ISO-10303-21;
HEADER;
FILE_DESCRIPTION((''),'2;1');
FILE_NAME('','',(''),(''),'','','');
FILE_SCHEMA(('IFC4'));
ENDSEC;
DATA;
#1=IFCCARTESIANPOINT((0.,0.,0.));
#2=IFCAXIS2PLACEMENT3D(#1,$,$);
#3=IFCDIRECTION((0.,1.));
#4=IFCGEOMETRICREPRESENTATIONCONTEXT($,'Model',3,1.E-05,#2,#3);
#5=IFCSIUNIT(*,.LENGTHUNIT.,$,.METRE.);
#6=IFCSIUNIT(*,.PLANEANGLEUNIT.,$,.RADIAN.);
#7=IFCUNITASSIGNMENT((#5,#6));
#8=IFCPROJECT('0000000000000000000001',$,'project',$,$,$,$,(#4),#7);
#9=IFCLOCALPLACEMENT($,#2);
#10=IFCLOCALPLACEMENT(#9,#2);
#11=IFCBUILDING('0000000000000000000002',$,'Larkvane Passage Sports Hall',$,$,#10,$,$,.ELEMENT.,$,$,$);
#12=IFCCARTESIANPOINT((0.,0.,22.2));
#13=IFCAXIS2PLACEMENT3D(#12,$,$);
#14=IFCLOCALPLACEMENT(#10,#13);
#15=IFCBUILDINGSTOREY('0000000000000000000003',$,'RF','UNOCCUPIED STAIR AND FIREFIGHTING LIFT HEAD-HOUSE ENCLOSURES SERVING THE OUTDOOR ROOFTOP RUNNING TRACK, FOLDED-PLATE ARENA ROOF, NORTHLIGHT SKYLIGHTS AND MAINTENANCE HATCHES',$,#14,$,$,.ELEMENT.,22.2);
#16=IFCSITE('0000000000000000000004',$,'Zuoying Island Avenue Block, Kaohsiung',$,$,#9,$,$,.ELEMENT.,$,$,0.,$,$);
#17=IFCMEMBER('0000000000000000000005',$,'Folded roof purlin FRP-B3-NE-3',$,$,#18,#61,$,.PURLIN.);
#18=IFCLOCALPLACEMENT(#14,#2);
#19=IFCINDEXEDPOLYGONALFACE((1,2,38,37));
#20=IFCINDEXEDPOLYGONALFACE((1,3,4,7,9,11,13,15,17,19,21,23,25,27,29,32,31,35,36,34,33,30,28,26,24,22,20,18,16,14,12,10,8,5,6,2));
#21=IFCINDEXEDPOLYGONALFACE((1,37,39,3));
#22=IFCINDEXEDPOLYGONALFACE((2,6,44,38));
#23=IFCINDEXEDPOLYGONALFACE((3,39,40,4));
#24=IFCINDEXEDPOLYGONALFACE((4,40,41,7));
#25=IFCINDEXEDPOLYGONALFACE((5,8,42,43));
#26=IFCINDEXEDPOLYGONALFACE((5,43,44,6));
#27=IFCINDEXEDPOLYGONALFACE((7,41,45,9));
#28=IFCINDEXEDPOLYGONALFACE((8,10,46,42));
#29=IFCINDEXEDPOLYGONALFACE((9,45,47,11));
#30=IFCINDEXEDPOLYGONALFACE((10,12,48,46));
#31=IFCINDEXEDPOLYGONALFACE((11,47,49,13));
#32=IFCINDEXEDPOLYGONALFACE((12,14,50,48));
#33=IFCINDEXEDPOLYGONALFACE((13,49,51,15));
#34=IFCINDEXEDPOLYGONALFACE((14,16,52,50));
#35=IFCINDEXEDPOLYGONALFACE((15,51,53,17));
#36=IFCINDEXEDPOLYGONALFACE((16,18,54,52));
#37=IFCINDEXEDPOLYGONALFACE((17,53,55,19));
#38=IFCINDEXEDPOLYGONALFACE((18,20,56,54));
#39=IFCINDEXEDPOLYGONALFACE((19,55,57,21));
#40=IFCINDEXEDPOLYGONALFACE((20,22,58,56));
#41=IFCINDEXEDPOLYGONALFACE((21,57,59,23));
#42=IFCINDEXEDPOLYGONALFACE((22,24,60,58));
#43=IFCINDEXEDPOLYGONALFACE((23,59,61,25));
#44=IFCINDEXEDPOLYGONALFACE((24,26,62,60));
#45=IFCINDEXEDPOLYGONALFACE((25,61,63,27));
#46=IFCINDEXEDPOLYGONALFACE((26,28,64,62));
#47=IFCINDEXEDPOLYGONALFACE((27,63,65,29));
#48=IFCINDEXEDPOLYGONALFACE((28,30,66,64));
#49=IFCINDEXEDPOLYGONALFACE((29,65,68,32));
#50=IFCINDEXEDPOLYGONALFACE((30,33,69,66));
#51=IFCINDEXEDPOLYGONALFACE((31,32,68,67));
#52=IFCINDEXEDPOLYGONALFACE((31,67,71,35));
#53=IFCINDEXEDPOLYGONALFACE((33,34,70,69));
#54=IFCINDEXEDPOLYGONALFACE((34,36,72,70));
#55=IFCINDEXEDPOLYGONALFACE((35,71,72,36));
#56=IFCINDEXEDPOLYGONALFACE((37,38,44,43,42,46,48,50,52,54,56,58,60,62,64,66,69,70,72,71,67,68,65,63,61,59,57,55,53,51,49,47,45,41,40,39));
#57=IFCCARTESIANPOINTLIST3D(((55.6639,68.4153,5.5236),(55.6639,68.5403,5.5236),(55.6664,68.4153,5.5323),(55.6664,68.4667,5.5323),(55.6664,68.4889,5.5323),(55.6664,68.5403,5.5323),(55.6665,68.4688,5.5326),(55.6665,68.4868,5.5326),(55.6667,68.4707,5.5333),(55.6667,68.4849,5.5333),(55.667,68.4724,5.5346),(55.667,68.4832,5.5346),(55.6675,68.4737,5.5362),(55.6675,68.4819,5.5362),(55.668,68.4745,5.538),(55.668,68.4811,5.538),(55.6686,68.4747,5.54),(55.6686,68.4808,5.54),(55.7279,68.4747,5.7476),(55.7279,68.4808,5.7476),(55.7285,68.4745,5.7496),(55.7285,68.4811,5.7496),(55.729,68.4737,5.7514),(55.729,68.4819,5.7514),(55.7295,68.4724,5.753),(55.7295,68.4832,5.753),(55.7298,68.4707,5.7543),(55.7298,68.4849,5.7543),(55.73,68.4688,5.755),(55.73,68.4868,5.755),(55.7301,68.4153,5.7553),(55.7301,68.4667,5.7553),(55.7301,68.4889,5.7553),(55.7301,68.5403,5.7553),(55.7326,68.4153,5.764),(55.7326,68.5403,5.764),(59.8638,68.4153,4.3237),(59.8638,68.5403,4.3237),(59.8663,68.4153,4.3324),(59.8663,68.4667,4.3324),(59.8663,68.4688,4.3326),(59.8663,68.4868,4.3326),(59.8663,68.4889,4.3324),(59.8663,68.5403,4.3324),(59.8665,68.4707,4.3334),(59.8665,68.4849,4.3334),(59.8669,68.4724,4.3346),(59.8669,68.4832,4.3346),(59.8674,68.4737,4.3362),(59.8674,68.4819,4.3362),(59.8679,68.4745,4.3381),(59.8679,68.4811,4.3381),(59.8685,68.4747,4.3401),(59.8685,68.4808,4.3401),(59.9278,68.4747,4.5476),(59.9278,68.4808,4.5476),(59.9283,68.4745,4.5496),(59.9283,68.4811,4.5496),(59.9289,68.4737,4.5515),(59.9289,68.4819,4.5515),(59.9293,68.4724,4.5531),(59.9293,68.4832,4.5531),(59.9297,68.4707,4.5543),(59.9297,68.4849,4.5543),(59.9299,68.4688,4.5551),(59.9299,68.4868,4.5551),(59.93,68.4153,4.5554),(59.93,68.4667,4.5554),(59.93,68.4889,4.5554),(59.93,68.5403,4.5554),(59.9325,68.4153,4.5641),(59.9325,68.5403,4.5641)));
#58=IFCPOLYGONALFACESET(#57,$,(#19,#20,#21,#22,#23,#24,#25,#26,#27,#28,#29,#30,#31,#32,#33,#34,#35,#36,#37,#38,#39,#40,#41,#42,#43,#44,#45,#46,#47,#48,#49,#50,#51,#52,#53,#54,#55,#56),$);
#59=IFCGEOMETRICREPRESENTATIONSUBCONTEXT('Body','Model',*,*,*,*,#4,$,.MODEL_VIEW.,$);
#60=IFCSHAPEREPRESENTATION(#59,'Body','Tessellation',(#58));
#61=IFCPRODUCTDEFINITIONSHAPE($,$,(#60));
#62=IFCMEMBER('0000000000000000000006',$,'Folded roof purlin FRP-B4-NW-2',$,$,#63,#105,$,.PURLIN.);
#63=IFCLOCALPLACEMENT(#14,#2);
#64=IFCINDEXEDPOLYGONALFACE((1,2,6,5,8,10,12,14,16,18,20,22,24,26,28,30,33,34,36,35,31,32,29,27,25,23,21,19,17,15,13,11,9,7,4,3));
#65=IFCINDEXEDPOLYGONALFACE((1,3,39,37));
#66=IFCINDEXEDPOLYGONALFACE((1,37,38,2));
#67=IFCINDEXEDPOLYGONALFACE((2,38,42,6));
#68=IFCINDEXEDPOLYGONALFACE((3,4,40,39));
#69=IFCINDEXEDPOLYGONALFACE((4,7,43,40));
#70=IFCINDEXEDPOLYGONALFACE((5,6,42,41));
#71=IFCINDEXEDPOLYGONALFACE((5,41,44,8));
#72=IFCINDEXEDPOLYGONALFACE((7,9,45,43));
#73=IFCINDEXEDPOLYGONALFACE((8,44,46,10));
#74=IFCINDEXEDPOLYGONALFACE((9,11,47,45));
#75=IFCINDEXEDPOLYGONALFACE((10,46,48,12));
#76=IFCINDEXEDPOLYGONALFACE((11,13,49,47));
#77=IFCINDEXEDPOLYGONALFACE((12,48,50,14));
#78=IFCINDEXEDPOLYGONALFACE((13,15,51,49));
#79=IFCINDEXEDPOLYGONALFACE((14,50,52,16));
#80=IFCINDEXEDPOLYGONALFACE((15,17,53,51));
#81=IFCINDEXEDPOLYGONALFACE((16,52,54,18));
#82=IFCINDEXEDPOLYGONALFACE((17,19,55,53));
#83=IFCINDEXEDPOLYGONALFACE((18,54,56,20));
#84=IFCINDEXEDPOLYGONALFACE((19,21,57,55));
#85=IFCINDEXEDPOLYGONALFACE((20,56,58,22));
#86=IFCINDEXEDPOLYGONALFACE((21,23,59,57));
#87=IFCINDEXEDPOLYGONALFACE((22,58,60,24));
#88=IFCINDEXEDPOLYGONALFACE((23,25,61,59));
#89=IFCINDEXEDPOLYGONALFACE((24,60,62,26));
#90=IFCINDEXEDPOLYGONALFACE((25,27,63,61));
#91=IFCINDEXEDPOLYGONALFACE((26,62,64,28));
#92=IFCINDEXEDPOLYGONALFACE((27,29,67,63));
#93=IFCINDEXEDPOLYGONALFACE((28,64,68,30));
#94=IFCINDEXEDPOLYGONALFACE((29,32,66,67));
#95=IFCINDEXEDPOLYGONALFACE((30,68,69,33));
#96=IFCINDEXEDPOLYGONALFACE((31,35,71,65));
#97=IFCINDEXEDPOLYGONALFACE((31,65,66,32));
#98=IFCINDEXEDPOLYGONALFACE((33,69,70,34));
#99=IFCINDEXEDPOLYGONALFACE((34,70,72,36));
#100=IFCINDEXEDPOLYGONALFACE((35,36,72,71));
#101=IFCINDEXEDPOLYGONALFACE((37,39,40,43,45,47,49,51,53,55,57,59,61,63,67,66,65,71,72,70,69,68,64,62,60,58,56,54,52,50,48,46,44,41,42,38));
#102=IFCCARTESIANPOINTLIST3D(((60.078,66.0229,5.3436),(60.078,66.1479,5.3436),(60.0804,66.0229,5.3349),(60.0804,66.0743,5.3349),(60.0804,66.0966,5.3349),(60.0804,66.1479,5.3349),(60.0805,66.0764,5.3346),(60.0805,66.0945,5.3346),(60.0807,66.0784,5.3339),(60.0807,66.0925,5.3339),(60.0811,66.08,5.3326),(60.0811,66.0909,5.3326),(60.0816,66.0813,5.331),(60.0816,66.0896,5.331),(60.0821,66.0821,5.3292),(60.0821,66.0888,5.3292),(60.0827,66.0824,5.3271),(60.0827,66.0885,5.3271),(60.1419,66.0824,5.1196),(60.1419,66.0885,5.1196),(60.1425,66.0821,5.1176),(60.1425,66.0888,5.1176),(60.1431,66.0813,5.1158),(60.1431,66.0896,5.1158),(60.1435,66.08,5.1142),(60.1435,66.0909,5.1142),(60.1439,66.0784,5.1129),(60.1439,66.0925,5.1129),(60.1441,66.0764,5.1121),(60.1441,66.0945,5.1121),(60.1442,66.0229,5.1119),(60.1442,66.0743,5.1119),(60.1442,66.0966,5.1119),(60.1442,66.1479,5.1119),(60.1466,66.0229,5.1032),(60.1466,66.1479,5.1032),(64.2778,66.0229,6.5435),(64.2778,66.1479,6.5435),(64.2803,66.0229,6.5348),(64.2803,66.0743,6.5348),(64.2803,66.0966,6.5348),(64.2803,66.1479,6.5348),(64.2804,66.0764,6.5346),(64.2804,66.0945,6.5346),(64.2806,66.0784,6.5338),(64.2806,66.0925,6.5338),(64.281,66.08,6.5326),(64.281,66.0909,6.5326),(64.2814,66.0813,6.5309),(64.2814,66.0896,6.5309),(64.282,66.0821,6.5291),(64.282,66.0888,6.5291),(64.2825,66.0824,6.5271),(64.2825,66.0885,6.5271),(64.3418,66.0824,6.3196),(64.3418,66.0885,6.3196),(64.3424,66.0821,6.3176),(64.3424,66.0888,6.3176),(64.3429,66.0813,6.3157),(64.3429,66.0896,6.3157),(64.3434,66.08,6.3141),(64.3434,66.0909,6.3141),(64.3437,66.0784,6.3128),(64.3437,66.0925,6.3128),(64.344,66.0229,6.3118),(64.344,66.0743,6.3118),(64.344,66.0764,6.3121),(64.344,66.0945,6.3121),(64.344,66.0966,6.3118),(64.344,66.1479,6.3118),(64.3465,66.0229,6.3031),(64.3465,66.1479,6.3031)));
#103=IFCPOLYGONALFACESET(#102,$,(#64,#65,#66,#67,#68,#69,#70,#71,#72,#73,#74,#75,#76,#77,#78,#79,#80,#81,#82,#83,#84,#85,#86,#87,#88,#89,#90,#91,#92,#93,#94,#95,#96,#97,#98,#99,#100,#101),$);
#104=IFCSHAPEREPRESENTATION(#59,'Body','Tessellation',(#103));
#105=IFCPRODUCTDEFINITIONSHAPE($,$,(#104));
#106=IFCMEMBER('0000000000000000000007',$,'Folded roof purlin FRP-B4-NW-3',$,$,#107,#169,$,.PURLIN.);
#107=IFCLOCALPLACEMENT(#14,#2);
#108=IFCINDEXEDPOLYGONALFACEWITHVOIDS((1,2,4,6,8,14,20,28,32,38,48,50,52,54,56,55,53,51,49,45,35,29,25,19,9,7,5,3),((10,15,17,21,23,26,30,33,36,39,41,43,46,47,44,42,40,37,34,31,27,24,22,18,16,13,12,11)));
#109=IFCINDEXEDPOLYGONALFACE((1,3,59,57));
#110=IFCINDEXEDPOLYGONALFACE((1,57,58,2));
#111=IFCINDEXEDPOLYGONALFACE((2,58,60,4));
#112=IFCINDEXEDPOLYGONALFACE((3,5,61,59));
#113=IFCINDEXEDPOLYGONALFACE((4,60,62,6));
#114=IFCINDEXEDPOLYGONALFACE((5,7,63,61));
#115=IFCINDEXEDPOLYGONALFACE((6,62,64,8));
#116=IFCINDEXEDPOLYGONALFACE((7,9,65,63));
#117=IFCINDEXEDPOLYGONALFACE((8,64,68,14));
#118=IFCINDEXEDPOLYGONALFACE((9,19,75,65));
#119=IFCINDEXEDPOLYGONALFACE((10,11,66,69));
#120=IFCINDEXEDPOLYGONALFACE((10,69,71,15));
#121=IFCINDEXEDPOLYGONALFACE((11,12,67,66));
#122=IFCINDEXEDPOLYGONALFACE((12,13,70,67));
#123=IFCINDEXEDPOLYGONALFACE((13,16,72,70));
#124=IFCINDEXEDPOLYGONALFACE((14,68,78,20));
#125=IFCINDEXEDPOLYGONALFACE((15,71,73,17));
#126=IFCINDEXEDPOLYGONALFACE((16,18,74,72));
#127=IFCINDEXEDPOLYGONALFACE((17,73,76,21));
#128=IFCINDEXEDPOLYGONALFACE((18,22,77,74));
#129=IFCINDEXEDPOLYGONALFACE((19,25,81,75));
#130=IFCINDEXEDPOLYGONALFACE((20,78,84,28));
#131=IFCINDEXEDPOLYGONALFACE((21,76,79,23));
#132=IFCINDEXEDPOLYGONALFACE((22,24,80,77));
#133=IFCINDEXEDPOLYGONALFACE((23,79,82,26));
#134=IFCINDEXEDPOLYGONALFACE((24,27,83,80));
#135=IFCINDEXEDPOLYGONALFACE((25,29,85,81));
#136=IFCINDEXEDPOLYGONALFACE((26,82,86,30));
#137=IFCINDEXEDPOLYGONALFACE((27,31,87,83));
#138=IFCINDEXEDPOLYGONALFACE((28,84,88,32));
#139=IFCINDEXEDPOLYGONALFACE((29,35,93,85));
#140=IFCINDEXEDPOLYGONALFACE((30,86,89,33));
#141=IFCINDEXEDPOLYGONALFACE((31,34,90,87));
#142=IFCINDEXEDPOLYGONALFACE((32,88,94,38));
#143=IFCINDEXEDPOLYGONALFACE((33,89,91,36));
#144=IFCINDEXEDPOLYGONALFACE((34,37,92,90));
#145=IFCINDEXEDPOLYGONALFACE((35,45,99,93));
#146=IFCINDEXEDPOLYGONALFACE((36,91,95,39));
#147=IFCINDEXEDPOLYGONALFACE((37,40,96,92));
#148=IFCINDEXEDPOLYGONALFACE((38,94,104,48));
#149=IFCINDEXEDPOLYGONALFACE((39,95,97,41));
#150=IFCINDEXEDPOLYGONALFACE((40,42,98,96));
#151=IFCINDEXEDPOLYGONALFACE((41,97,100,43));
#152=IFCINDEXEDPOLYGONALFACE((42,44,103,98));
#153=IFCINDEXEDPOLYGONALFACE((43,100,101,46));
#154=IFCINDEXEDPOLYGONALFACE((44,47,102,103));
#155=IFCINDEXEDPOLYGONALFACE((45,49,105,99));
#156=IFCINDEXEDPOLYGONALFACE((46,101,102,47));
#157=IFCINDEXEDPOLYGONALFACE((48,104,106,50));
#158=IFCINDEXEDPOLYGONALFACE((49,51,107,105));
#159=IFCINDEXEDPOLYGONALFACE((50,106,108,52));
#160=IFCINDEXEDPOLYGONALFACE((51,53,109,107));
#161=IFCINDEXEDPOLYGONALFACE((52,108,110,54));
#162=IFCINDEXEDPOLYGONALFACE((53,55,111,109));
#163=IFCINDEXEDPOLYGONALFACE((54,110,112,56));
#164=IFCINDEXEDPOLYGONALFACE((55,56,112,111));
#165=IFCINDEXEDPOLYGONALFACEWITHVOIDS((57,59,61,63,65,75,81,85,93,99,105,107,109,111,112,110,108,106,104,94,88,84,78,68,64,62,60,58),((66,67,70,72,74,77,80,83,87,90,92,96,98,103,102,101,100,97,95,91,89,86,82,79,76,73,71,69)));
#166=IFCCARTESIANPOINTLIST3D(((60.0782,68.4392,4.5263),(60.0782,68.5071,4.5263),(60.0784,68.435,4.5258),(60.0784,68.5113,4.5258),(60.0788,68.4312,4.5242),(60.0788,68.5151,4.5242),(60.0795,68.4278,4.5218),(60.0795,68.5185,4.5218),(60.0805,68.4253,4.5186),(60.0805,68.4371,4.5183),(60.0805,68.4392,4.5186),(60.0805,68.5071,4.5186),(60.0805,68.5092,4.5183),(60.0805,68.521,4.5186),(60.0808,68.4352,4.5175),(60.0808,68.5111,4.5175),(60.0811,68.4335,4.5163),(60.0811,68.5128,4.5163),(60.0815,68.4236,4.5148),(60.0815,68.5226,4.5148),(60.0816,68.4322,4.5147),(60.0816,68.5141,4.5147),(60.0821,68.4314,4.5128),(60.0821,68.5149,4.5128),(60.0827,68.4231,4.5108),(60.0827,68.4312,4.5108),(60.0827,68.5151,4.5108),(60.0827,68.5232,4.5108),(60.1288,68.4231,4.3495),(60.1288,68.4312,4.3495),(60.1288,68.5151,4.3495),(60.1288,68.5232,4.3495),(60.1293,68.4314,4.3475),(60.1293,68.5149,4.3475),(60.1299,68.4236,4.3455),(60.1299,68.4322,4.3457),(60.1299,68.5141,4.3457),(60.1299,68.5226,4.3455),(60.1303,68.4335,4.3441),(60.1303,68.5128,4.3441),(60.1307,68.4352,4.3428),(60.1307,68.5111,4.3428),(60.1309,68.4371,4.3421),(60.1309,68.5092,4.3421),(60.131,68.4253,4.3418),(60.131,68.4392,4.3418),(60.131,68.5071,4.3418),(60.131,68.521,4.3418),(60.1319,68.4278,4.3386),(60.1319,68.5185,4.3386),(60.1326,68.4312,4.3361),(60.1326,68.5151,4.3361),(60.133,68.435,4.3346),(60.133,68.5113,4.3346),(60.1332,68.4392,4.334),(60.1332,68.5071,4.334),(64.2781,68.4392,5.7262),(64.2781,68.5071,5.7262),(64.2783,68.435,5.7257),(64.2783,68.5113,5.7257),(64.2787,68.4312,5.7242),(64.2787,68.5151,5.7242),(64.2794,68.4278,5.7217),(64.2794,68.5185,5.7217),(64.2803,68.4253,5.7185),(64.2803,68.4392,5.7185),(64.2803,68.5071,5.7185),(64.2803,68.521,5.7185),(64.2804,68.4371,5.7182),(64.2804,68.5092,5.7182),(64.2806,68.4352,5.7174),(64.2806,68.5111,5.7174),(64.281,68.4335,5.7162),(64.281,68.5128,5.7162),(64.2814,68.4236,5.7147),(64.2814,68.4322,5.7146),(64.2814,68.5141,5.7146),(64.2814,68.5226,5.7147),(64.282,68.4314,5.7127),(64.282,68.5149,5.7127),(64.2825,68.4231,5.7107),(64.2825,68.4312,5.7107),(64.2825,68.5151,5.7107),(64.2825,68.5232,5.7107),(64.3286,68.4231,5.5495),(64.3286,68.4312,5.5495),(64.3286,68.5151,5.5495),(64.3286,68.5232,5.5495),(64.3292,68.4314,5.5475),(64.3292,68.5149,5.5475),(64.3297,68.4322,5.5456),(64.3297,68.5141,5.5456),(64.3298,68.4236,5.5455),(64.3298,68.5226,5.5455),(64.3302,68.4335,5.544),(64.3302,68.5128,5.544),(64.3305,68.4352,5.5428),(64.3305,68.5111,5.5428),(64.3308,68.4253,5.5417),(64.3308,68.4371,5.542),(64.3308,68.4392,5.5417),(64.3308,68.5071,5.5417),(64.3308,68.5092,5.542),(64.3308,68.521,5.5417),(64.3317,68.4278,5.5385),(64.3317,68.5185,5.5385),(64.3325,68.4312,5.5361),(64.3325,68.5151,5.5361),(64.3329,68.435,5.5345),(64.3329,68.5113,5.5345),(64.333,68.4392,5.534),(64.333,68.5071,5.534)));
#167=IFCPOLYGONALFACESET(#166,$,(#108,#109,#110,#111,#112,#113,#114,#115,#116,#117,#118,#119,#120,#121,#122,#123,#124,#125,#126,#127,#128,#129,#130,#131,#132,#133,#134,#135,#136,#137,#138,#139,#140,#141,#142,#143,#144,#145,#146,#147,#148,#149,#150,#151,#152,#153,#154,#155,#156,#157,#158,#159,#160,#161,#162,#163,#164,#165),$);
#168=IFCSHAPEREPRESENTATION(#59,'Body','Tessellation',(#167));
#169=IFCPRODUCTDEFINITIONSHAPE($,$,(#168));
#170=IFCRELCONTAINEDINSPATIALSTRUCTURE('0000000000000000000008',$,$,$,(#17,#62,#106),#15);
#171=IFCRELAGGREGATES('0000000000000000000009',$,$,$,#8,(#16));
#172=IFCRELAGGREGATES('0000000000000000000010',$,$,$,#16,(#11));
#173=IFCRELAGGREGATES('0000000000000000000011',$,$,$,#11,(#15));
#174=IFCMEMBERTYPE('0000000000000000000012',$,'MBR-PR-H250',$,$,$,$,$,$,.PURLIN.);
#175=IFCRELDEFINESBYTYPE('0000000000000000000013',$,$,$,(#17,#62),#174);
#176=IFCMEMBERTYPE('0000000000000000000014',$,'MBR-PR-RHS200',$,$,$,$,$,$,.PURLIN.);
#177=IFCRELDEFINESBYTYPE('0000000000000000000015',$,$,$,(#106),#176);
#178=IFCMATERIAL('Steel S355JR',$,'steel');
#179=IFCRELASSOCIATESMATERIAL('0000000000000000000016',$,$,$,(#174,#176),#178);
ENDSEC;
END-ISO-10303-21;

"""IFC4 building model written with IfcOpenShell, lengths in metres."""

from ifc_helpers import new_model, si_unit, direction, frame, origin, origin_2d, place, context, subcontext, project, spatial, hollow_rectangle, i_section, extrude, material, material_profile, profile_set, type_object, element, save


model = new_model("IFC4")

# Units and contexts
model_context = context("Model", 3, precision=1e-05, world=origin(), true_north=direction((0.0, 1.0)))
body_context = subcontext(model_context, "Body", "Model", "MODEL_VIEW")
ifc_project = project(units=[si_unit("LENGTHUNIT", "METRE"), si_unit("PLANEANGLEUNIT", "RADIAN")], contexts=[model_context])

# Site, building, storey
site_placement = place(None, origin())
site = spatial("IfcSite", under=ifc_project, at=site_placement, Name="Zuoying Island Avenue Block, Kaohsiung", CompositionType="ELEMENT", RefElevation=0.0)
building_placement = place(site_placement, origin())
building = spatial("IfcBuilding", under=site, at=building_placement, Name="Larkvane Passage Sports Hall", CompositionType="ELEMENT")
storey_placement = place(building_placement, frame((0.0, 0.0, 22.2)))
storey = spatial("IfcBuildingStorey", under=building, at=storey_placement, Name="RF", Description="UNOCCUPIED STAIR AND FIREFIGHTING LIFT HEAD-HOUSE ENCLOSURES SERVING THE OUTDOOR ROOFTOP RUNNING TRACK, FOLDED-PLATE ARENA ROOF, NORTHLIGHT SKYLIGHTS AND MAINTENANCE HATCHES", CompositionType="ELEMENT", Elevation=22.2)

# Members
ifc_material_1 = material(Name="Steel S355JR", Category="steel")
ifc_material_profile_1 = material_profile(ifc_material_1, i_section(OverallWidth=0.125, OverallDepth=0.25, WebThickness=0.0061, FlangeThickness=0.009, FilletRadius=0.0081, at=origin_2d()), Name="H-250x125x6x9")
ifc_profile_set_1 = profile_set([ifc_material_profile_1], Name="Steel S355JR")
member_type_1 = type_object("IfcMemberType", Name="MBR-PR-H250", PredefinedType="PURLIN", material=ifc_profile_set_1)
for number, where, z_axis, x_axis, name in (
    (1, (55.6982, 68.4778, 5.6438), (0.961526, 0.0, -0.274714), (0.0, 1.0, 0.0), "Folded roof purlin FRP-B3-NE-3"),
    (2, (60.1123, 66.0854, 5.2234), (0.961526, 0.0, 0.274714), (0.0, 1.0, 0.0), "Folded roof purlin FRP-B4-NW-2"),
):
    element("IfcMember", number, at=place(storey_placement, frame(where, z_axis=z_axis, x_axis=x_axis)), inside=storey, type_object=member_type_1, Name=name, PredefinedType="PURLIN", context=body_context, shape_type="SweptSolid", body=[
        extrude(i_section(OverallWidth=0.125, OverallDepth=0.25, WebThickness=0.0061, FlangeThickness=0.009, FilletRadius=0.0081, at=origin_2d()), origin(), (0.0, 0.0, 1.0), 4.3679),
    ])
ifc_material_profile_2 = material_profile(ifc_material_1, hollow_rectangle(XDim=0.1001, YDim=0.2, WallThickness=0.0081, InnerFilletRadius=0.0081, OuterFilletRadius=0.0161, at=origin_2d()), Name="RHS-200x100x8")
ifc_profile_set_2 = profile_set([ifc_material_profile_2], Name="Steel S355JR")
member_type_2 = type_object("IfcMemberType", Name="MBR-PR-RHS200", PredefinedType="PURLIN", material=ifc_profile_set_2)
member_1_placement = place(storey_placement, frame((60.1057, 68.4731, 4.4302), z_axis=(0.961526, 0.0, 0.274714), x_axis=(0.0, 1.0, 0.0)))
element("IfcMember", 3, at=member_1_placement, inside=storey, type_object=member_type_2, Name="Folded roof purlin FRP-B4-NW-3", PredefinedType="PURLIN", context=body_context, shape_type="SweptSolid", body=[
    extrude(hollow_rectangle(XDim=0.1001, YDim=0.2, WallThickness=0.0081, InnerFilletRadius=0.0081, OuterFilletRadius=0.0161, at=origin_2d()), origin(), (0.0, 0.0, 1.0), 4.3679),
])

save(model, "model.ifc")
